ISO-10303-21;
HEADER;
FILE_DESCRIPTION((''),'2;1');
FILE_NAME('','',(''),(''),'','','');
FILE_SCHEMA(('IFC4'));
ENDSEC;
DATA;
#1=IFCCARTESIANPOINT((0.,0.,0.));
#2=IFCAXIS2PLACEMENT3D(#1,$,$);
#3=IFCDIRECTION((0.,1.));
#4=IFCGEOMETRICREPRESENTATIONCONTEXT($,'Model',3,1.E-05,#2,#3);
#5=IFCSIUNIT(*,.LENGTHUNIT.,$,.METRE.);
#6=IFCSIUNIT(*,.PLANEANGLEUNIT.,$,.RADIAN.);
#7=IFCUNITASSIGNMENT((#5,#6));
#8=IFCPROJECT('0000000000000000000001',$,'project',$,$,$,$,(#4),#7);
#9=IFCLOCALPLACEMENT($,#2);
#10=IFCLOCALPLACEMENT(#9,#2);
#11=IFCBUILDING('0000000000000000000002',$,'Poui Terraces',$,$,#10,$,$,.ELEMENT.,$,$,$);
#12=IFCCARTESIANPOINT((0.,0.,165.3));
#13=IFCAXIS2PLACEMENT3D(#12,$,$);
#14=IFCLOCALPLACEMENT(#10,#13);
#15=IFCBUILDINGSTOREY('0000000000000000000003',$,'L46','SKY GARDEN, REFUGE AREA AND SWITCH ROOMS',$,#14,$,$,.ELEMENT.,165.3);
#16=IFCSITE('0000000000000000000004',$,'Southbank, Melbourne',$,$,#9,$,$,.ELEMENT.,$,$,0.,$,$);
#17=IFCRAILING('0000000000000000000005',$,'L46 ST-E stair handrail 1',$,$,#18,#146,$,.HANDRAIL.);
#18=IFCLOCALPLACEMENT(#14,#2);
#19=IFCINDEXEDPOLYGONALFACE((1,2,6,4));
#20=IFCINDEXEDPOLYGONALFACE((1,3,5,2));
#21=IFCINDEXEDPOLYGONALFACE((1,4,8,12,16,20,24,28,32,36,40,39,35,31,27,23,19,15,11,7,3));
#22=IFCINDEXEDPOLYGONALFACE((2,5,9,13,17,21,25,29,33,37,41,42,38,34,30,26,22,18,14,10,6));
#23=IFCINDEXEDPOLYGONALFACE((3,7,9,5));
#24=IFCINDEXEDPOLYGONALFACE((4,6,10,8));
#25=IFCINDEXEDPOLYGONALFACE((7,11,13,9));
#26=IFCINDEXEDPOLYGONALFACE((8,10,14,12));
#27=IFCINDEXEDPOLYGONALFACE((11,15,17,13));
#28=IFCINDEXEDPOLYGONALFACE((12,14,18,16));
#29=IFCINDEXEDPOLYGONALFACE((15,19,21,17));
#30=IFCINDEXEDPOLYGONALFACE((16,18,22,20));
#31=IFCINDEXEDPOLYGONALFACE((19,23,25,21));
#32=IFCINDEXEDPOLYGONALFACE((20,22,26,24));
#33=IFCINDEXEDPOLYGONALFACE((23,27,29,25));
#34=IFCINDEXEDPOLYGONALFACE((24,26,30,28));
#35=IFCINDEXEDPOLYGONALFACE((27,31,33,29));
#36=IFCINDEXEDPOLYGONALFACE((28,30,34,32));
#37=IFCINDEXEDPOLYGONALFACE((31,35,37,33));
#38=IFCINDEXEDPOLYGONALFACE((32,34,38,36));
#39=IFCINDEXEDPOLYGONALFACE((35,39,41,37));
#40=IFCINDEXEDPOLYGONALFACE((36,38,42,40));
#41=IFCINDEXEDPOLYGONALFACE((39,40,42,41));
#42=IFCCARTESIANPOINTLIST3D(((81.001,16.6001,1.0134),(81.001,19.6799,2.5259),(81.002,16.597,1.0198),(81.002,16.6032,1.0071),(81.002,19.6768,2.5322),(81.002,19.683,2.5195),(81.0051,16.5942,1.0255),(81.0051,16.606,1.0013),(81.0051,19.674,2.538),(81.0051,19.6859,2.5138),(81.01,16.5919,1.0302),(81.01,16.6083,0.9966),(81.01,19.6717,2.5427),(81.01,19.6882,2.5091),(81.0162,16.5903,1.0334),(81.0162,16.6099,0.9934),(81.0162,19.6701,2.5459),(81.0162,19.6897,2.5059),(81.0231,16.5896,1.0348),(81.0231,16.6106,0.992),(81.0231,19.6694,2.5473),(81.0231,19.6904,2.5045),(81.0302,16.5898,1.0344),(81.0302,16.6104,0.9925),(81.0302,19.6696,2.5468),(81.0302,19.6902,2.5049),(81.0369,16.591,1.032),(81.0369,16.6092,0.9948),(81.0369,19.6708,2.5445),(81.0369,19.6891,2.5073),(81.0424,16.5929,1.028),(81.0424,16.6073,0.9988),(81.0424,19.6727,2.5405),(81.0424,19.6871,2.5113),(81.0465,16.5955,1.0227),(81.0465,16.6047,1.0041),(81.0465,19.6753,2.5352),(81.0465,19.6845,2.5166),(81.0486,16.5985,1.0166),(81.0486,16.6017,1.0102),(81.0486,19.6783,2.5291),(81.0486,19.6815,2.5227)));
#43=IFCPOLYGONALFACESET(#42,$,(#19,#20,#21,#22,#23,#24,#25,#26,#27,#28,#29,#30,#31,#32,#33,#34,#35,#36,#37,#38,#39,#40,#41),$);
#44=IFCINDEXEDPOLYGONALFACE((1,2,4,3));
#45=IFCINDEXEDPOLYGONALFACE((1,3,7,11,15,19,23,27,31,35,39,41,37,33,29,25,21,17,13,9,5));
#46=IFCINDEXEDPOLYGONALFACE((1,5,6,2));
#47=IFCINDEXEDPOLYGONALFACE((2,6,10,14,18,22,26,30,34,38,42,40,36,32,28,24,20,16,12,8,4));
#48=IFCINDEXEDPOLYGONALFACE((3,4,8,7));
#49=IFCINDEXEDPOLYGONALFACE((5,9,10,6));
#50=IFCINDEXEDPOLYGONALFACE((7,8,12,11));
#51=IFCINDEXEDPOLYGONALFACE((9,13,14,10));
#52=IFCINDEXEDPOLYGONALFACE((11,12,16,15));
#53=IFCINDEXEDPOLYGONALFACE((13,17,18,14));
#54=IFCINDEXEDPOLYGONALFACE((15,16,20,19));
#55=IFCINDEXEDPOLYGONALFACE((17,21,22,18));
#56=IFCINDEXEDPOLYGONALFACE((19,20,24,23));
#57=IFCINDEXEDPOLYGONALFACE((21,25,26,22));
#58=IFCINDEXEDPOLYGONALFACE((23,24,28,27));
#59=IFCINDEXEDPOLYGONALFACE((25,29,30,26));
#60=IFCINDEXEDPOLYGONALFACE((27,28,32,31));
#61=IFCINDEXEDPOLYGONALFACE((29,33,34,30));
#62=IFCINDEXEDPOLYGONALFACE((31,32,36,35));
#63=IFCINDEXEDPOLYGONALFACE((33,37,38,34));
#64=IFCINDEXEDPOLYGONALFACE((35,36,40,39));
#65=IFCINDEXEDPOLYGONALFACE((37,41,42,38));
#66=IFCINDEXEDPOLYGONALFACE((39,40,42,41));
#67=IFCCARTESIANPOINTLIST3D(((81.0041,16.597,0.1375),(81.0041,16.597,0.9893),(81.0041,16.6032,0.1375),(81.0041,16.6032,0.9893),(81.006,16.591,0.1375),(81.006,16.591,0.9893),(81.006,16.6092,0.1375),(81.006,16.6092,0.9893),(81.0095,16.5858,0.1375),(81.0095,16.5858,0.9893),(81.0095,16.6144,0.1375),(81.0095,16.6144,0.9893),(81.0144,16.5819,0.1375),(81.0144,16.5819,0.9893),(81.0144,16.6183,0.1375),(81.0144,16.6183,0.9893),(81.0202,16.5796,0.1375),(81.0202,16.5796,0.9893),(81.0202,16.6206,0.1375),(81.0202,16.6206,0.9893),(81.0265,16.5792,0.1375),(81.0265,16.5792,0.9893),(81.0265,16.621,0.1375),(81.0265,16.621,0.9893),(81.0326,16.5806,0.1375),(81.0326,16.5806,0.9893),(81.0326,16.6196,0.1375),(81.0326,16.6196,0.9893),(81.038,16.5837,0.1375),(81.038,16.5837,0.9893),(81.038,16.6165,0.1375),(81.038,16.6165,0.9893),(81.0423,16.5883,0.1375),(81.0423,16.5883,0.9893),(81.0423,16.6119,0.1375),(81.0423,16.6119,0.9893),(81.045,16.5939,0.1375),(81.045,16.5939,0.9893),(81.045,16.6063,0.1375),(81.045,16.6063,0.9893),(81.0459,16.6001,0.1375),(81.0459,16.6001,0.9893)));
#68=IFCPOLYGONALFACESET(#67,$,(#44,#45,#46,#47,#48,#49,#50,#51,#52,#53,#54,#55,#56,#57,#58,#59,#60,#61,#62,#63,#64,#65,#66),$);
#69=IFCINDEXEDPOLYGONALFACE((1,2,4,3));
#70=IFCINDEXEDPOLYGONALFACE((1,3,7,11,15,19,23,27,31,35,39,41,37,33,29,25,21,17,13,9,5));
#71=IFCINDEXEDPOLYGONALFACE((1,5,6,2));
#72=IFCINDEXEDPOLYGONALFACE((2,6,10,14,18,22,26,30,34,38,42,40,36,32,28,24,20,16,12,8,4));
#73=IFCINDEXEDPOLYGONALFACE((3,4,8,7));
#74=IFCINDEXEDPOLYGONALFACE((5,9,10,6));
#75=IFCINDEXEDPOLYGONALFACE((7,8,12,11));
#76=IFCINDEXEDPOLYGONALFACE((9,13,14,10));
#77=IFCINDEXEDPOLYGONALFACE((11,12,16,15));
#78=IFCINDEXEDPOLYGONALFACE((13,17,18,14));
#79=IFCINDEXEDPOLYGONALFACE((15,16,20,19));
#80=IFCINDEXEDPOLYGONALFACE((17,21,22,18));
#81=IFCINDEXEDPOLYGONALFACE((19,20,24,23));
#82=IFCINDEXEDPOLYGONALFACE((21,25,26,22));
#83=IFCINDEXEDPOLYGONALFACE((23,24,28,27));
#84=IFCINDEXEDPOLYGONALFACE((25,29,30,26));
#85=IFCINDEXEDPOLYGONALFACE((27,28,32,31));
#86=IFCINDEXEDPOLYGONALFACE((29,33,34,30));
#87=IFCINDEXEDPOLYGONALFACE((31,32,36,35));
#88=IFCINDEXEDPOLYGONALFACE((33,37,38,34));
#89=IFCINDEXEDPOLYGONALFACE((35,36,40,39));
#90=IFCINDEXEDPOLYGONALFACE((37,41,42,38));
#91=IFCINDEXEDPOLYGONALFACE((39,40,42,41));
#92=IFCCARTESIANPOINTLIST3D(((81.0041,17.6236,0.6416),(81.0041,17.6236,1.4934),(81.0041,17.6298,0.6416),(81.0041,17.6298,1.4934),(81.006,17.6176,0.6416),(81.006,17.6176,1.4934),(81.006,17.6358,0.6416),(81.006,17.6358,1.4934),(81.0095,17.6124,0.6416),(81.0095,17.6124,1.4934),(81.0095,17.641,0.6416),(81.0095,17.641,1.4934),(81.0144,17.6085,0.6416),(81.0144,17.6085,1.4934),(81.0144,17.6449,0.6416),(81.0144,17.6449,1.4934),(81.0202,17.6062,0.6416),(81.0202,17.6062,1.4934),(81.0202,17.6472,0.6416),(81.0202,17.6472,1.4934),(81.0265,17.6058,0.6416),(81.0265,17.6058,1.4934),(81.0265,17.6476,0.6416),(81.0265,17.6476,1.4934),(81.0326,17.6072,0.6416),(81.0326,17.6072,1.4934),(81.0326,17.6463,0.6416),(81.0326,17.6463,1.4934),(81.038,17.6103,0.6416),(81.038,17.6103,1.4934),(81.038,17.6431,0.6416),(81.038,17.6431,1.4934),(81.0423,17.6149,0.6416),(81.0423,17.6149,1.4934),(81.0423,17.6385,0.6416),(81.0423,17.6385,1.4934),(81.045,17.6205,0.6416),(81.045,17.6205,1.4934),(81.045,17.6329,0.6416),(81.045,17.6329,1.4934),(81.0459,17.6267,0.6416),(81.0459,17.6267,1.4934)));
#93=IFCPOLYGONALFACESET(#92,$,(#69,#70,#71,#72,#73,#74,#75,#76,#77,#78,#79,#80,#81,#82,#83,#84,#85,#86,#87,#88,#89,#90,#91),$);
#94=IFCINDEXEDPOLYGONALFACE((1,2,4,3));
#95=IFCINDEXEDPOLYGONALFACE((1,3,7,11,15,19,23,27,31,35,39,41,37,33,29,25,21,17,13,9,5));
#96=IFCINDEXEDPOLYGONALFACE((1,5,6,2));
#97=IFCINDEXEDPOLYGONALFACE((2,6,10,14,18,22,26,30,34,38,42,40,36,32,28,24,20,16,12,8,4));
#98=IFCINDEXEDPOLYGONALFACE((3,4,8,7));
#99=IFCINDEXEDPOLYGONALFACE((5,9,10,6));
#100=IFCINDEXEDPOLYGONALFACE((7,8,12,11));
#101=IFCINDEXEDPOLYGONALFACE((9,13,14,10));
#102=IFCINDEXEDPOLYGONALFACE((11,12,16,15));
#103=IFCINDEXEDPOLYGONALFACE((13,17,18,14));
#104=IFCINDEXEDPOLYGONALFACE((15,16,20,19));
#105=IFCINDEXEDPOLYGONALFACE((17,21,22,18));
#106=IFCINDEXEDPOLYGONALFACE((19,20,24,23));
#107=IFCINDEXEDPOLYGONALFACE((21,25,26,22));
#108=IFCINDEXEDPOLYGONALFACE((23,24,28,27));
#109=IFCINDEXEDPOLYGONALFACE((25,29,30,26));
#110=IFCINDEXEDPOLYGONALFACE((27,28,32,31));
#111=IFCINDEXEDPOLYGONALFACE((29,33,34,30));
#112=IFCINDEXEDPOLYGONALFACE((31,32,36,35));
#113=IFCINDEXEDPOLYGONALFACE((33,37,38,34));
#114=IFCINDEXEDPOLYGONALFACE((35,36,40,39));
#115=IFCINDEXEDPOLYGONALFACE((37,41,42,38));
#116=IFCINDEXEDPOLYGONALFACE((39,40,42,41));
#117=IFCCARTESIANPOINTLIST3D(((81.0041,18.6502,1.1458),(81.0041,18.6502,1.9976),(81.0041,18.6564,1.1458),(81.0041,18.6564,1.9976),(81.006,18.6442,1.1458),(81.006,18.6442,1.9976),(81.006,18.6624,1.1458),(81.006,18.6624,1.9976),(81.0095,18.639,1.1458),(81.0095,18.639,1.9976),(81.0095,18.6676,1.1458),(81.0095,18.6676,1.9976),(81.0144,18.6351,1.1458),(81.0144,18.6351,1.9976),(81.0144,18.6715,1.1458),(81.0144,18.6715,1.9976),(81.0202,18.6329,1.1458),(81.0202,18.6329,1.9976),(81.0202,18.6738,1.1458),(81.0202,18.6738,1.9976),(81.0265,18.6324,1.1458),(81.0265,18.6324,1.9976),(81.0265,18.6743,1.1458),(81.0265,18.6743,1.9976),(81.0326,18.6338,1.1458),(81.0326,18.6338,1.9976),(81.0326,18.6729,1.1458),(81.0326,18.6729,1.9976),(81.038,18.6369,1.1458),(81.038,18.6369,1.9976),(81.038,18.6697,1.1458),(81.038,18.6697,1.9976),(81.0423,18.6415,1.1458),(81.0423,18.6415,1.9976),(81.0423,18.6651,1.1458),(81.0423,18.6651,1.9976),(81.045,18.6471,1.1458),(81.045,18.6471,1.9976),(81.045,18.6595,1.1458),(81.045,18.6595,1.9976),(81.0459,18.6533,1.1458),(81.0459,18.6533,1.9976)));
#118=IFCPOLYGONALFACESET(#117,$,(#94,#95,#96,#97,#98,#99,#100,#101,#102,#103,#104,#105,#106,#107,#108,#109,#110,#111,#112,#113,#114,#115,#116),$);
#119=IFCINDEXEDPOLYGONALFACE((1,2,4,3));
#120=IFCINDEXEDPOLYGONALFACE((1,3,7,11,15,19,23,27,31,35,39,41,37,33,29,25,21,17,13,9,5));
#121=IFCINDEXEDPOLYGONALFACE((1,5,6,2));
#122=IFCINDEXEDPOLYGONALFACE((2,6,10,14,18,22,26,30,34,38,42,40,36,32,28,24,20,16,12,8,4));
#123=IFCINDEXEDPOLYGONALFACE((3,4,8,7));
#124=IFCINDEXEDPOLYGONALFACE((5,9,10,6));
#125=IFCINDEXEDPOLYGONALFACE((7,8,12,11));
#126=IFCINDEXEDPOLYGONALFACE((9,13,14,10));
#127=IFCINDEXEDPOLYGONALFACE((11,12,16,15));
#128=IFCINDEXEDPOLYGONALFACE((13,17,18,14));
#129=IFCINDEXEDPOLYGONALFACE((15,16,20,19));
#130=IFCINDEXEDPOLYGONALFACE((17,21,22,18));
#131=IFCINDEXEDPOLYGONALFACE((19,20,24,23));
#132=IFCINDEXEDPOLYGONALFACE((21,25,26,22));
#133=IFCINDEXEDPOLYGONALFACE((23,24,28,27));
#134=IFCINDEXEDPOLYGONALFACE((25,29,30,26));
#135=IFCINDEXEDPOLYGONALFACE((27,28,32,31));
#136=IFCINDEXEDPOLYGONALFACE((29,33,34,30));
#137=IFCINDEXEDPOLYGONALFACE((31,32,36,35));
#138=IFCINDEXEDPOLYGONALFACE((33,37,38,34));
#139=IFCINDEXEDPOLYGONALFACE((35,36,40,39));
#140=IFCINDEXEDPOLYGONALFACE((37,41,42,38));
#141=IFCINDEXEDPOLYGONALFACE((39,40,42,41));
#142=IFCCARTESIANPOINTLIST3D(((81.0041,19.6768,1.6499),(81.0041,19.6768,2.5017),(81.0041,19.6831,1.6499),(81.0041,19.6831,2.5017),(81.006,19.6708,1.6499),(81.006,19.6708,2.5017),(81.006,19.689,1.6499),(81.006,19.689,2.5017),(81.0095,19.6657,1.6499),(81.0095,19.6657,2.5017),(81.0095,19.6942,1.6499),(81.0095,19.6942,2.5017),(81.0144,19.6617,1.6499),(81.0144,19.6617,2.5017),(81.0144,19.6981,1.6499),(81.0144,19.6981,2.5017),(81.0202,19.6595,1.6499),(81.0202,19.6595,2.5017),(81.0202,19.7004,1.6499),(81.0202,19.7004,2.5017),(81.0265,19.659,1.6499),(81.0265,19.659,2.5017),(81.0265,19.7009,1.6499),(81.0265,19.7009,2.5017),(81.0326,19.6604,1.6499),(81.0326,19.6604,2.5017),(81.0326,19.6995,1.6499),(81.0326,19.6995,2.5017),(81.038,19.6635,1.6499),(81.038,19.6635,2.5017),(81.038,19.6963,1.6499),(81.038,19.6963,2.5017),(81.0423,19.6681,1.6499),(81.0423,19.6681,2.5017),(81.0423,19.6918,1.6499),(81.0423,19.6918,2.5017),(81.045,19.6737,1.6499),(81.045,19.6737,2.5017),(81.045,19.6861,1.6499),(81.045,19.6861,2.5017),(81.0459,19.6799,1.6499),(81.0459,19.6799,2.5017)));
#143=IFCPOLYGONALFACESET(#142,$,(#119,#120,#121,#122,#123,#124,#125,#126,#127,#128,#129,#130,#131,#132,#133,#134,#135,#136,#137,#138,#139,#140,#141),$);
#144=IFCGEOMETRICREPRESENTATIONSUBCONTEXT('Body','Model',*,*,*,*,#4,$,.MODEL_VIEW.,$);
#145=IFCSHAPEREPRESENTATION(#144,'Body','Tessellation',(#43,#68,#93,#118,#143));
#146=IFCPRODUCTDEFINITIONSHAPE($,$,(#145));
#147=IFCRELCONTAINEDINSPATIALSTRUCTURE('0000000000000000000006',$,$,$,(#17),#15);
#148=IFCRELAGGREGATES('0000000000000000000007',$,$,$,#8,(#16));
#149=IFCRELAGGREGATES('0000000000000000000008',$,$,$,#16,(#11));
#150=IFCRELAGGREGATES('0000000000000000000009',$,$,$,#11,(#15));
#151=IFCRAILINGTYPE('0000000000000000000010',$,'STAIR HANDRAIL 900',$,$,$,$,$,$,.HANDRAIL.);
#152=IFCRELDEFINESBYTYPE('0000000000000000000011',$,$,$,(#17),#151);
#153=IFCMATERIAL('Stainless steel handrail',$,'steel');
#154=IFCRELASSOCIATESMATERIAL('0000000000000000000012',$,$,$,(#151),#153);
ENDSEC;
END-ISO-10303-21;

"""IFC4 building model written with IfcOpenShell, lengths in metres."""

from ifc_helpers import new_model, si_unit, direction, frame, origin, origin_2d, place, context, subcontext, project, spatial, circle, extrude, material, type_object, element, save


model = new_model("IFC4")

# Units and contexts
model_context = context("Model", 3, precision=1e-05, world=origin(), true_north=direction((0.0, 1.0)))
body_context = subcontext(model_context, "Body", "Model", "MODEL_VIEW")
ifc_project = project(units=[si_unit("LENGTHUNIT", "METRE"), si_unit("PLANEANGLEUNIT", "RADIAN")], contexts=[model_context])

# Site, building, storey
site_placement = place(None, origin())
site = spatial("IfcSite", under=ifc_project, at=site_placement, Name="Southbank, Melbourne", CompositionType="ELEMENT", RefElevation=0.0)
building_placement = place(site_placement, origin())
building = spatial("IfcBuilding", under=site, at=building_placement, Name="Poui Terraces", CompositionType="ELEMENT")
storey_placement = place(building_placement, frame((0.0, 0.0, 165.3)))
storey = spatial("IfcBuildingStorey", under=building, at=storey_placement, Name="L46", Description="SKY GARDEN, REFUGE AREA AND SWITCH ROOMS", CompositionType="ELEMENT", Elevation=165.3)

# Railing
ifc_material_1 = material(Name="Stainless steel handrail", Category="steel")
railing_type_1 = type_object("IfcRailingType", Name="STAIR HANDRAIL 900", PredefinedType="HANDRAIL", material=ifc_material_1)
railing_1_placement = place(storey_placement, frame((81.0249, 16.6001, 0.1375)))
element("IfcRailing", 1, at=railing_1_placement, inside=storey, type_object=railing_type_1, Name="L46 ST-E stair handrail 1", PredefinedType="HANDRAIL", context=body_context, shape_type="SweptSolid", body=[
    extrude(circle(Radius=0.0239, at=origin_2d()), frame((0.0, 0.0, 0.876), z_axis=(0.0, 0.897606, 0.440798), x_axis=(-1.0, 0.0, 0.0)), (0.0, 0.0, 1.0), 3.4312),
    extrude(circle(Radius=0.021, at=origin_2d()), origin(), (0.0, 0.0, 1.0), 0.8518),
    extrude(circle(Radius=0.021, at=origin_2d()), frame((0.0, 1.0266, 0.5042)), (0.0, 0.0, 1.0), 0.8518),
    extrude(circle(Radius=0.021, at=origin_2d()), frame((0.0, 2.0532, 1.0083)), (0.0, 0.0, 1.0), 0.8518),
    extrude(circle(Radius=0.021, at=origin_2d()), frame((0.0, 3.0798, 1.5125)), (0.0, 0.0, 1.0), 0.8518),
])

save(model, "model.ifc")
